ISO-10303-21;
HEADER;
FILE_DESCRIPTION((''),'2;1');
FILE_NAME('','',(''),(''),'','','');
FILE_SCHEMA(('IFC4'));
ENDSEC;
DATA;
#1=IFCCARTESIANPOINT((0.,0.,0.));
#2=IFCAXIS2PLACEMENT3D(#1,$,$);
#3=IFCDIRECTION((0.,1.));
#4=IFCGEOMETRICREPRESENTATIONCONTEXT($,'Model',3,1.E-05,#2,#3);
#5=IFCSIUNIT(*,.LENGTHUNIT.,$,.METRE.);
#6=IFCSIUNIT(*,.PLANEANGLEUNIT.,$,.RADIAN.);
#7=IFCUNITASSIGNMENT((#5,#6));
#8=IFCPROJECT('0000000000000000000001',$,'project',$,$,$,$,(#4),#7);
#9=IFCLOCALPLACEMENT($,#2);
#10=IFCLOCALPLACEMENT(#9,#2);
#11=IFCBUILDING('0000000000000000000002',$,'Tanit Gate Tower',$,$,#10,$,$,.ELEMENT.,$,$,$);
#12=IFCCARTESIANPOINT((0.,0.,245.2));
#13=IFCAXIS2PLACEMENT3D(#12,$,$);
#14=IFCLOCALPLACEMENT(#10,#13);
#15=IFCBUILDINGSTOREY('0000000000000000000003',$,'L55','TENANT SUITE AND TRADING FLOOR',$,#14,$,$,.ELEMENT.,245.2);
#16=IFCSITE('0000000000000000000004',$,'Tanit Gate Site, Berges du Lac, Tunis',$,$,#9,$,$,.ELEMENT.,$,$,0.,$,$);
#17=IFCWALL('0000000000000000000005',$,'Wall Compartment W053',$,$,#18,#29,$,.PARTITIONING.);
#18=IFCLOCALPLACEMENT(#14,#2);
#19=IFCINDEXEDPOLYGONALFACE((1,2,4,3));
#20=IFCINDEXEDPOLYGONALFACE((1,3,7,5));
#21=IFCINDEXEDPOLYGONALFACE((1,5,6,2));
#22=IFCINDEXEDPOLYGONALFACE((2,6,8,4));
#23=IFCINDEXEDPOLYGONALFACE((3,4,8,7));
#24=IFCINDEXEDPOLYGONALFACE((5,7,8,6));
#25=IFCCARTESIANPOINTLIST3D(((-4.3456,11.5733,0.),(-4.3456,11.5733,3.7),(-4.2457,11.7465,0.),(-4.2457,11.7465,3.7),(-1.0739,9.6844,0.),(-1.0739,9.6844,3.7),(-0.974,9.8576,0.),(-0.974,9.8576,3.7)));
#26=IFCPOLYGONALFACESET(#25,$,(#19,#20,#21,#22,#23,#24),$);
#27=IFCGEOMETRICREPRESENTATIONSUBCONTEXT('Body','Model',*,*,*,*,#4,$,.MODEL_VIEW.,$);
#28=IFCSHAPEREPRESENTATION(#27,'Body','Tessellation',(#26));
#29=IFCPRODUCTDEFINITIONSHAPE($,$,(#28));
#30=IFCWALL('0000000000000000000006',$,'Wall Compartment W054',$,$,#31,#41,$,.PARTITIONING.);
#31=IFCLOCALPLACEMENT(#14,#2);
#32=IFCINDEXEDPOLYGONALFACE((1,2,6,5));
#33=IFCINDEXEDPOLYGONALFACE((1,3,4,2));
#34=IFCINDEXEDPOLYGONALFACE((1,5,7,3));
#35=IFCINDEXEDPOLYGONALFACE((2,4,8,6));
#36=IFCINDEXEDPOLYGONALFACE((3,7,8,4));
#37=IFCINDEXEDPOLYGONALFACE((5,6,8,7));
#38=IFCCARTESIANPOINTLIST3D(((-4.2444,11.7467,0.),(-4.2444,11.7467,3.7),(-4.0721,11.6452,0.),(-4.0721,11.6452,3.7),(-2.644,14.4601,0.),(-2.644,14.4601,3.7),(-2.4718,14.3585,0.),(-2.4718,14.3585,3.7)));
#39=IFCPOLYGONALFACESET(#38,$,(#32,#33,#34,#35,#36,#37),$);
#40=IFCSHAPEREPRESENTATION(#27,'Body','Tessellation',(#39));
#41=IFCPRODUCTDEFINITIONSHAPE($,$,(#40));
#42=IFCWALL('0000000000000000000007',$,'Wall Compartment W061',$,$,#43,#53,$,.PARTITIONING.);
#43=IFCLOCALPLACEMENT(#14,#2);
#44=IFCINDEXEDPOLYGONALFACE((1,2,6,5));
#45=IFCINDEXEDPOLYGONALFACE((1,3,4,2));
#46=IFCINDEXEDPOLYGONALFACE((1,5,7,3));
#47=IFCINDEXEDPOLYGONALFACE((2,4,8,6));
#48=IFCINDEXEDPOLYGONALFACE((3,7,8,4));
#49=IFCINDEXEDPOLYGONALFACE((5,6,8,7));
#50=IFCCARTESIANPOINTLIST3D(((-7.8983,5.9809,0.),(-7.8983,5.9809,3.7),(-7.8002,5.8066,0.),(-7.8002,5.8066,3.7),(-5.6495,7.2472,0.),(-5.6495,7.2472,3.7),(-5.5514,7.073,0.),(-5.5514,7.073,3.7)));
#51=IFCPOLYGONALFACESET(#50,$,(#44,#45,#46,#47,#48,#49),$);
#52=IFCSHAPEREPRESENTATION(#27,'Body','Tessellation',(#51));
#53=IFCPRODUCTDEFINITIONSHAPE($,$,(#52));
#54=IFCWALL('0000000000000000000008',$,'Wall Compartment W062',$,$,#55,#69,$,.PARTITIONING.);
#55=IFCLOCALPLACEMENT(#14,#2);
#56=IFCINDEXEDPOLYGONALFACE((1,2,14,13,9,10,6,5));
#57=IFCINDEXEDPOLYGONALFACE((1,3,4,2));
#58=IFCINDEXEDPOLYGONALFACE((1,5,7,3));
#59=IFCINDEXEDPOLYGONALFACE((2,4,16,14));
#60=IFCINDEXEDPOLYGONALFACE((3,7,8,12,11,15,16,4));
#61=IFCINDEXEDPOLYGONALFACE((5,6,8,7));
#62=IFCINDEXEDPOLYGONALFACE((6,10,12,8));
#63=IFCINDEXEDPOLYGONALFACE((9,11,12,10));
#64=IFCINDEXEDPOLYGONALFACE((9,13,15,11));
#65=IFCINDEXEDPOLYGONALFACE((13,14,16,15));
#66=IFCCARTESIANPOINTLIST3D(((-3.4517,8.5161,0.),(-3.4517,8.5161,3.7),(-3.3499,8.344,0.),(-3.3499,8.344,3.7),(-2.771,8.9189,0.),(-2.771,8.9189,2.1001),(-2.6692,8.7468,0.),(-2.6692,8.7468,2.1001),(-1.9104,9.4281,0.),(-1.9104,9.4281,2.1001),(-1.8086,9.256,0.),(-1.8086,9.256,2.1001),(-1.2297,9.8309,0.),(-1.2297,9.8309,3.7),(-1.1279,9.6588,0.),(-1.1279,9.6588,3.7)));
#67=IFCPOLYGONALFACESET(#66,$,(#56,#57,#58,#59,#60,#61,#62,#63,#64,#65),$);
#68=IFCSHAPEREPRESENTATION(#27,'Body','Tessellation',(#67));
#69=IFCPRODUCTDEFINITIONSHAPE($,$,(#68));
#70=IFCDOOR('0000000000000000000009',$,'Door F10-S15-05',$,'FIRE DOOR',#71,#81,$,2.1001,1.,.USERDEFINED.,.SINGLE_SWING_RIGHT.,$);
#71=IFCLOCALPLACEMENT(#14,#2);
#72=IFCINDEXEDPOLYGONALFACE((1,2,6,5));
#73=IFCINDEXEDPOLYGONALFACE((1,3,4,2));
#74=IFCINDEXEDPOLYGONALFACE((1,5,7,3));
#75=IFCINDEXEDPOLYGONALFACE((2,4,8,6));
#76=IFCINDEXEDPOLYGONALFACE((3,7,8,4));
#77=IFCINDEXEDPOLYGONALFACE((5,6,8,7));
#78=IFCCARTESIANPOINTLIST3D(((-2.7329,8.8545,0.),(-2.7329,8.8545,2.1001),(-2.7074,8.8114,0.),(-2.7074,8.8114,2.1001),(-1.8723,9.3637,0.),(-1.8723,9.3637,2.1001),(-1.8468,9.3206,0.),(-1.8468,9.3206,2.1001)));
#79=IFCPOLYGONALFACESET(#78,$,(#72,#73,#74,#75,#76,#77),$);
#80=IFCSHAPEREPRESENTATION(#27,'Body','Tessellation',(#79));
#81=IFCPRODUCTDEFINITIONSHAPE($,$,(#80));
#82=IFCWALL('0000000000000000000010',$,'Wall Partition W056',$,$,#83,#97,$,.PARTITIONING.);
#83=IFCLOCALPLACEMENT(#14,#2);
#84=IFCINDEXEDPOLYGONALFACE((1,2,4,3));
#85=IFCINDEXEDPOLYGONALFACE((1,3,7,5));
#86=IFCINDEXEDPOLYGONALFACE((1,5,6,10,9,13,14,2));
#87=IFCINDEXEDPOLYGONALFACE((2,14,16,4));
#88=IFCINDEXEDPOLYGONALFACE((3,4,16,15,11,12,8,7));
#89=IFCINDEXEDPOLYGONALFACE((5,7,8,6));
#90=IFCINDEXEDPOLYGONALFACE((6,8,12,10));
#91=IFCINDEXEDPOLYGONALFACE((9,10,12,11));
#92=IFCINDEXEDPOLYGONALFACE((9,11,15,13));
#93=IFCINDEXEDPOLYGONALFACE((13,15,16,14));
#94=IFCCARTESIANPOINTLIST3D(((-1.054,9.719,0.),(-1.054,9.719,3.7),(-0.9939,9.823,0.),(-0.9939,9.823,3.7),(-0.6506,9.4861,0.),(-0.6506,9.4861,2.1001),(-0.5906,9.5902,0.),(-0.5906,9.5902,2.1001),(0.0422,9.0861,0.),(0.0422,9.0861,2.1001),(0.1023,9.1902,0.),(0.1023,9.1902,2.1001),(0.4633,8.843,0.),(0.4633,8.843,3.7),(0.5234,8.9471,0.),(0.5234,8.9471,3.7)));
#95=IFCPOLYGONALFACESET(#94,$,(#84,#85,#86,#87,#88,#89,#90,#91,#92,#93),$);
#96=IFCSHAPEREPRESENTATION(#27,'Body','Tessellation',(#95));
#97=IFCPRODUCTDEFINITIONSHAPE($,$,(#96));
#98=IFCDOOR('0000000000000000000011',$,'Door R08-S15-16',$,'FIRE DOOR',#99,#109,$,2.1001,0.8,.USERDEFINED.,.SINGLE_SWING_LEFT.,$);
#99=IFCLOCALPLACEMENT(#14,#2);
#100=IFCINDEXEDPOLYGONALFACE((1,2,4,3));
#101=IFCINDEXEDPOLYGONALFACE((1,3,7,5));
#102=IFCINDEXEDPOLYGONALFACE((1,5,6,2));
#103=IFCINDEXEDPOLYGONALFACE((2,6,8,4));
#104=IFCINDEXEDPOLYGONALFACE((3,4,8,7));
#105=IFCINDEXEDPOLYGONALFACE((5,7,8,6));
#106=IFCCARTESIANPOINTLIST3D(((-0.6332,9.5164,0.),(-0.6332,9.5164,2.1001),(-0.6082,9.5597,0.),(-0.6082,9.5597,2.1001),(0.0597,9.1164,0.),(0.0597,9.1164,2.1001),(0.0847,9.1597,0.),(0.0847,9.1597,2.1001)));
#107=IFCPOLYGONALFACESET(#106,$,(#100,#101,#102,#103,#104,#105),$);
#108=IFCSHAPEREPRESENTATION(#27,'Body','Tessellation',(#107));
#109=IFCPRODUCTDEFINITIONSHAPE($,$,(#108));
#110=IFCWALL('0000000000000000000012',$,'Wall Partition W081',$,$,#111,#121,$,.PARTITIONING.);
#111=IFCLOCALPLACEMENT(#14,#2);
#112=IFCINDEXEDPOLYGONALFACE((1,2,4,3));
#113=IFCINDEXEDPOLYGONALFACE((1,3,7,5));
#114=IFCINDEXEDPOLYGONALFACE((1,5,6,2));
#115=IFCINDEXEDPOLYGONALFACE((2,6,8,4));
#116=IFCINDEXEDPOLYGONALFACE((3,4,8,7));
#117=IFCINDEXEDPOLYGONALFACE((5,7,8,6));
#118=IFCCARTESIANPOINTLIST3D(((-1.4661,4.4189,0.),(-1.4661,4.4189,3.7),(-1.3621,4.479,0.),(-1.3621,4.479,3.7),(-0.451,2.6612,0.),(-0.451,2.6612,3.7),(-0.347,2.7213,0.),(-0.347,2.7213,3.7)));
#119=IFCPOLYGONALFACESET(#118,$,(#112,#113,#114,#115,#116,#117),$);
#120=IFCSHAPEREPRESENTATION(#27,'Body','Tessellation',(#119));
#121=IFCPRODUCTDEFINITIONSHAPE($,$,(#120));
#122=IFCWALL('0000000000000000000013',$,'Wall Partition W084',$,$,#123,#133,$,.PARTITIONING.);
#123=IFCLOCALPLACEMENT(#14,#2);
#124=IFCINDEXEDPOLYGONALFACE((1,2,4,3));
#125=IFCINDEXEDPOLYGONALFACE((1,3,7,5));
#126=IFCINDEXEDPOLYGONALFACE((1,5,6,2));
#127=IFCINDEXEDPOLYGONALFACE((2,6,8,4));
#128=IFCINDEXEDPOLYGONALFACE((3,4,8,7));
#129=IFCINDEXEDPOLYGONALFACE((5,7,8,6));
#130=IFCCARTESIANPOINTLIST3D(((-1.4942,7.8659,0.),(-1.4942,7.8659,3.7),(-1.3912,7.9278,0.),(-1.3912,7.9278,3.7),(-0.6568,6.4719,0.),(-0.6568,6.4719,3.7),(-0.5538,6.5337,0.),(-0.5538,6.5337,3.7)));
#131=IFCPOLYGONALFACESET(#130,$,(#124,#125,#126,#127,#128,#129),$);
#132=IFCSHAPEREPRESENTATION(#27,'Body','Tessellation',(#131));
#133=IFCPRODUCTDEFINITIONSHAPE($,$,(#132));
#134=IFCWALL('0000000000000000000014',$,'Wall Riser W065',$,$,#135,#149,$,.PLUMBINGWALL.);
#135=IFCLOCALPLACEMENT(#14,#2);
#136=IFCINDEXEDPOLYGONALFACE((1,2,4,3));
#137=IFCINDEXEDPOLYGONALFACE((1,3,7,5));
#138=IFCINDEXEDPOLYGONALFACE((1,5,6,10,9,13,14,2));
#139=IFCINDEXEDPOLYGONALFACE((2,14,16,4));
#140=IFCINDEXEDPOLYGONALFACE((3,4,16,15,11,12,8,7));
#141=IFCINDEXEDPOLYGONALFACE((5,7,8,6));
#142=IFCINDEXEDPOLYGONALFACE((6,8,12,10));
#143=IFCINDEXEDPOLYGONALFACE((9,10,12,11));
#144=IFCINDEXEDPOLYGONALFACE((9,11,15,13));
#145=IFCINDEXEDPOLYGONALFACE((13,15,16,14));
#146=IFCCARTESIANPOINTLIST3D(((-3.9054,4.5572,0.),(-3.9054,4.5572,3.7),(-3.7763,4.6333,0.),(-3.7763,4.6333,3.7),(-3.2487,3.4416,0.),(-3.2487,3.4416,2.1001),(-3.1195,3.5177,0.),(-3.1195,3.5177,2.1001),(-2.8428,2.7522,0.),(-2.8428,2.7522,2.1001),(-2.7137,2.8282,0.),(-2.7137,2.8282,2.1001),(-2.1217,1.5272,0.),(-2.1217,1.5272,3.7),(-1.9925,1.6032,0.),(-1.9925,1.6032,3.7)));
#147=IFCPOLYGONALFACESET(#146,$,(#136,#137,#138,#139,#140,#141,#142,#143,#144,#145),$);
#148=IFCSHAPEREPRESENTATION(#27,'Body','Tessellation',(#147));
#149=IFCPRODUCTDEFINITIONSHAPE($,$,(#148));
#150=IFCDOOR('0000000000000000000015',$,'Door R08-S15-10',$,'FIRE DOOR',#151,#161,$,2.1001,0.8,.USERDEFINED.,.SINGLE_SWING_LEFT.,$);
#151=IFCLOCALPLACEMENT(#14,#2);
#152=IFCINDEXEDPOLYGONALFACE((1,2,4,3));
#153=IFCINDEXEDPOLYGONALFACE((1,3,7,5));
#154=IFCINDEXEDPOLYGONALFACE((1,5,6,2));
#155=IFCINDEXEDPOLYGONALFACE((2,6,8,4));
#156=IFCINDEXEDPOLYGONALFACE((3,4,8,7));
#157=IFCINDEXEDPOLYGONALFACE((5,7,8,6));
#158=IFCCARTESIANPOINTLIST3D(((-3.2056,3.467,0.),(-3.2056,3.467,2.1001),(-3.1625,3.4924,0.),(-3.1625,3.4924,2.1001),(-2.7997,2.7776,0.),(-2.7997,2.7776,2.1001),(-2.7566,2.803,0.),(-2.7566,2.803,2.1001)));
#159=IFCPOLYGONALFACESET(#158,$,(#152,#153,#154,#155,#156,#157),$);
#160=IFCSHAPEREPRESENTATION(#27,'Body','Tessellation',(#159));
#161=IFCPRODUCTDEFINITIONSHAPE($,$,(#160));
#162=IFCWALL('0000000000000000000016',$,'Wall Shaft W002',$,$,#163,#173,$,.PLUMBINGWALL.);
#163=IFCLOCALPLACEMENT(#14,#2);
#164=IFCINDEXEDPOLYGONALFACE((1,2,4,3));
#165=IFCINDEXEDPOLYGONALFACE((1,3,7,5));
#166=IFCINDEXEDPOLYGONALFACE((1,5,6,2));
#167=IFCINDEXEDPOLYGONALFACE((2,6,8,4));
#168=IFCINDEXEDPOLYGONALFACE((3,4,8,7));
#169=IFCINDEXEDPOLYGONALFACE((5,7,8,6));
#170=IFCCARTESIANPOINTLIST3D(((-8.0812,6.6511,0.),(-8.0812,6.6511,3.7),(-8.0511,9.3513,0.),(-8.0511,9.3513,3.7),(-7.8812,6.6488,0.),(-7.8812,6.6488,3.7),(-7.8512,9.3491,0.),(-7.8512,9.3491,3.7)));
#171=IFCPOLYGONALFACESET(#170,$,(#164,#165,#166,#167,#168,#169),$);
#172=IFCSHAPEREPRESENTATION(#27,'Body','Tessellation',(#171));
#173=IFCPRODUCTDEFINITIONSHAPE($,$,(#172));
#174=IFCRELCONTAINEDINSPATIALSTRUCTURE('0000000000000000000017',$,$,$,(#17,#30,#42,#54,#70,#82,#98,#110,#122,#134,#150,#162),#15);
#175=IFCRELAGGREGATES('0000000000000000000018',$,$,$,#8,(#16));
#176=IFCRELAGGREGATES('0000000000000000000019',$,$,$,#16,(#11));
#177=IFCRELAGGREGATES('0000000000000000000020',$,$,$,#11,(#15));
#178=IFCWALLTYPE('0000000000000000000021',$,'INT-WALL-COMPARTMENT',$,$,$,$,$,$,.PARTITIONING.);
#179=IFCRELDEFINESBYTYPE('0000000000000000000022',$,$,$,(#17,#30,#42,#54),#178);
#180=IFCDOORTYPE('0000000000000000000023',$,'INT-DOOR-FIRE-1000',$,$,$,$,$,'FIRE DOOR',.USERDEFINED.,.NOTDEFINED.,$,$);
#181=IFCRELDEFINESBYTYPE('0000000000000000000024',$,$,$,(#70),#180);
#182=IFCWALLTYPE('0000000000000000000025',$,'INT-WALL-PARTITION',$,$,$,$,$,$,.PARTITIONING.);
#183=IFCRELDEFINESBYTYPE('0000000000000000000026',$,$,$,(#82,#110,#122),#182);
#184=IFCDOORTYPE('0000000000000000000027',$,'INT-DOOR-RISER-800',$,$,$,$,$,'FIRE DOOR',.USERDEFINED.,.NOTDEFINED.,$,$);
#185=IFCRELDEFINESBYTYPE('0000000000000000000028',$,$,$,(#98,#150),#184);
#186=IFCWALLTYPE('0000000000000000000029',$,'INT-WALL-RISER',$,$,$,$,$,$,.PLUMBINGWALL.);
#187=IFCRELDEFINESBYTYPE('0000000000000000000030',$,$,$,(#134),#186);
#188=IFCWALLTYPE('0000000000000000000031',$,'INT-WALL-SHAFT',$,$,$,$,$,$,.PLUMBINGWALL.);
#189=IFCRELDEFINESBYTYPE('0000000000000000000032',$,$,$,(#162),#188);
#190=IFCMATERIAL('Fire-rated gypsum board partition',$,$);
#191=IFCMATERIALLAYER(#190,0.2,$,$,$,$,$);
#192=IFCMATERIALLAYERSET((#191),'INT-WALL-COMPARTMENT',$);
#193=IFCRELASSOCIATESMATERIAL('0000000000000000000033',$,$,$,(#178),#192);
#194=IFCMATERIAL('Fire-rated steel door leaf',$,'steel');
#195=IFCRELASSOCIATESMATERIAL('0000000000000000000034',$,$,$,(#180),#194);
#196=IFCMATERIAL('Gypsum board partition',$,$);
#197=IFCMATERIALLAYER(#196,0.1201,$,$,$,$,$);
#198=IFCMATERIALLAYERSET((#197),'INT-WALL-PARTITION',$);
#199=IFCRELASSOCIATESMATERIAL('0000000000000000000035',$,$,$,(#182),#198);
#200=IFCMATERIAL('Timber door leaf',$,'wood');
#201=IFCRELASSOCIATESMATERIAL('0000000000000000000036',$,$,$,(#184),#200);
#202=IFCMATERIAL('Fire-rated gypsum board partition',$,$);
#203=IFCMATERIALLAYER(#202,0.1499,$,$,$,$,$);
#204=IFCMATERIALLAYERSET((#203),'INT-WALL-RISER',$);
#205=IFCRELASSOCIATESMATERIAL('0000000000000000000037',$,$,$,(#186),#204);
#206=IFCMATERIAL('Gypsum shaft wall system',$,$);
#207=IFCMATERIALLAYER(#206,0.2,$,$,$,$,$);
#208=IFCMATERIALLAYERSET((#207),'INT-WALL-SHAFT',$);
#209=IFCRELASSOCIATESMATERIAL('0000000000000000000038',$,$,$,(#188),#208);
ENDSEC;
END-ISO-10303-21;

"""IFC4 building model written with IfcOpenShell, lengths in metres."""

from ifc_helpers import new_model, si_unit, direction, frame, frame_2d, origin, place, context, subcontext, project, spatial, rectangle, extrude, material, layer, layer_set, type_object, element, fill, save


model = new_model("IFC4")

# Units and contexts
model_context = context("Model", 3, precision=1e-05, world=origin(), true_north=direction((0.0, 1.0)))
body_context = subcontext(model_context, "Body", "Model", "MODEL_VIEW")
ifc_project = project(units=[si_unit("LENGTHUNIT", "METRE"), si_unit("PLANEANGLEUNIT", "RADIAN")], contexts=[model_context])

# Site, building, storey
site_placement = place(None, origin())
site = spatial("IfcSite", under=ifc_project, at=site_placement, Name="Tanit Gate Site, Berges du Lac, Tunis", CompositionType="ELEMENT", RefElevation=0.0)
building_placement = place(site_placement, origin())
building = spatial("IfcBuilding", under=site, at=building_placement, Name="Tanit Gate Tower", CompositionType="ELEMENT")
storey_placement = place(building_placement, frame((0.0, 0.0, 245.2)))
storey = spatial("IfcBuildingStorey", under=building, at=storey_placement, Name="L55", Description="TENANT SUITE AND TRADING FLOOR", CompositionType="ELEMENT", Elevation=245.2)

# Walls
ifc_material_1 = material(Name="Fire-rated gypsum board partition")
ifc_layer_1 = layer(ifc_material_1, 0.2)
ifc_layer_set_1 = layer_set([ifc_layer_1], Name="INT-WALL-COMPARTMENT")
wall_type_1 = type_object("IfcWallType", Name="INT-WALL-COMPARTMENT", PredefinedType="PARTITIONING", material=ifc_layer_set_1)
wall_1_placement = place(storey_placement, frame((-4.2957, 11.6599, 0.0), z_axis=(0.0, 0.0, 1.0), x_axis=(0.866027, -0.499997, 0.0)))
element("IfcWall", 1, at=wall_1_placement, inside=storey, type_object=wall_type_1, Name="Wall Compartment W053", PredefinedType="PARTITIONING", context=body_context, shape_type="SweptSolid", body=[
    extrude(rectangle(XDim=3.7778, YDim=0.2, at=frame_2d((1.8889, 0.0))), origin(), (0.0, 0.0, 1.0), 3.7),
])
wall_2_placement = place(storey_placement, frame((-2.5579, 14.4094, 0.0), z_axis=(0.0, 0.0, 1.0), x_axis=(-0.508019, -0.861346, 0.0)))
element("IfcWall", 2, at=wall_2_placement, inside=storey, type_object=wall_type_1, Name="Wall Compartment W054", PredefinedType="PARTITIONING", context=body_context, shape_type="SweptSolid", body=[
    extrude(rectangle(XDim=3.1501, YDim=0.2, at=frame_2d((1.5752, 0.0))), origin(), (0.0, 0.0, 1.0), 3.7),
])
wall_3_placement = place(storey_placement, frame((-5.6003, 7.1602, 0.0), z_axis=(0.0, 0.0, 1.0), x_axis=(-0.87134, -0.490679, 0.0)))
element("IfcWall", 3, at=wall_3_placement, inside=storey, type_object=wall_type_1, Name="Wall Compartment W061", PredefinedType="PARTITIONING", context=body_context, shape_type="SweptSolid", body=[
    extrude(rectangle(XDim=2.5808, YDim=0.2, at=frame_2d((1.2905, 0.0))), origin(), (0.0, 0.0, 1.0), 3.7),
])

# Walls, openings, doors
wall_4_placement = place(storey_placement, frame((-1.1787, 9.7449, 0.0), z_axis=(0.0, 0.0, 1.0), x_axis=(-0.860631, -0.509229, 0.0)))
wall_4 = element("IfcWall", 4, at=wall_4_placement, inside=storey, type_object=wall_type_1, Name="Wall Compartment W062", PredefinedType="PARTITIONING", context=body_context, shape_type="SweptSolid", body=[
    extrude(rectangle(XDim=2.5818, YDim=0.2, at=frame_2d((1.291, 0.0))), origin(), (0.0, 0.0, 1.0), 3.7),
])
opening_1_placement = place(wall_4_placement, frame((0.791, 0.0, 0.0)))
opening_1 = element("IfcOpeningElement", 5, at=opening_1_placement, cuts=wall_4, PredefinedType="OPENING", context=body_context, shape_type="SweptSolid", body=[
    extrude(rectangle(XDim=1.0, YDim=2.1001, at=frame_2d((0.5, 1.05))), frame((0.0, 0.1099, 0.0), z_axis=(0.0, -1.0, 0.0), x_axis=(1.0, 0.0, 0.0)), (0.0, 0.0, 1.0), 0.22),
])
ifc_material_2 = material(Name="Fire-rated steel door leaf", Category="steel")
door_type_1 = type_object("IfcDoorType", Name="INT-DOOR-FIRE-1000", ElementType="FIRE DOOR", OperationType="NOTDEFINED", PredefinedType="USERDEFINED", material=ifc_material_2)
door_1_placement = place(opening_1_placement, origin())
door_1 = element("IfcDoor", 6, at=door_1_placement, inside=storey, type_object=door_type_1, Name="Door F10-S15-05", ObjectType="FIRE DOOR", OperationType="SINGLE_SWING_RIGHT", OverallHeight=2.1001, OverallWidth=1.0, PredefinedType="USERDEFINED", context=body_context, shape_type="SweptSolid", body=[
    extrude(rectangle(XDim=1.0, YDim=2.1001, at=frame_2d((0.5, 1.05))), frame((0.0, 0.0249, 0.0), z_axis=(0.0, -1.0, 0.0), x_axis=(1.0, 0.0, 0.0)), (0.0, 0.0, 1.0), 0.05),
])
fill(opening_1, door_1)
ifc_material_3 = material(Name="Gypsum board partition")
ifc_layer_2 = layer(ifc_material_3, 0.1201)
ifc_layer_set_2 = layer_set([ifc_layer_2], Name="INT-WALL-PARTITION")
wall_type_2 = type_object("IfcWallType", Name="INT-WALL-PARTITION", PredefinedType="PARTITIONING", material=ifc_layer_set_2)
wall_5_placement = place(storey_placement, frame((-1.0239, 9.771, 0.0), z_axis=(0.0, 0.0, 1.0), x_axis=(0.866039, -0.499976, 0.0)))
wall_5 = element("IfcWall", 7, at=wall_5_placement, inside=storey, type_object=wall_type_2, Name="Wall Partition W056", PredefinedType="PARTITIONING", context=body_context, shape_type="SweptSolid", body=[
    extrude(rectangle(XDim=1.752, YDim=0.1201, at=frame_2d((0.876, 0.0))), origin(), (0.0, 0.0, 1.0), 3.7),
])
opening_2_placement = place(wall_5_placement, frame((0.4658, 0.0, 0.0)))
opening_2 = element("IfcOpeningElement", 8, at=opening_2_placement, cuts=wall_5, PredefinedType="OPENING", context=body_context, shape_type="SweptSolid", body=[
    extrude(rectangle(XDim=0.8, YDim=2.1001, at=frame_2d((0.3999, 1.05))), frame((0.0, 0.0701, 0.0), z_axis=(0.0, -1.0, 0.0), x_axis=(1.0, 0.0, 0.0)), (0.0, 0.0, 1.0), 0.1401),
])
ifc_material_4 = material(Name="Timber door leaf", Category="wood")
door_type_2 = type_object("IfcDoorType", Name="INT-DOOR-RISER-800", ElementType="FIRE DOOR", OperationType="NOTDEFINED", PredefinedType="USERDEFINED", material=ifc_material_4)
door_2_placement = place(opening_2_placement, origin())
door_2 = element("IfcDoor", 9, at=door_2_placement, inside=storey, type_object=door_type_2, Name="Door R08-S15-16", ObjectType="FIRE DOOR", OperationType="SINGLE_SWING_LEFT", OverallHeight=2.1001, OverallWidth=0.8, PredefinedType="USERDEFINED", context=body_context, shape_type="SweptSolid", body=[
    extrude(rectangle(XDim=0.8, YDim=2.1001, at=frame_2d((0.3999, 1.05))), frame((0.0, 0.0249, 0.0), z_axis=(0.0, -1.0, 0.0), x_axis=(1.0, 0.0, 0.0)), (0.0, 0.0, 1.0), 0.05),
])
fill(opening_2, door_2)

# Walls
wall_6_placement = place(storey_placement, frame((-1.4141, 4.449, 0.0), z_axis=(0.0, 0.0, 1.0), x_axis=(0.500097, -0.865969, 0.0)))
element("IfcWall", 10, at=wall_6_placement, inside=storey, type_object=wall_type_2, Name="Wall Partition W081", PredefinedType="PARTITIONING", context=body_context, shape_type="SweptSolid", body=[
    extrude(rectangle(XDim=2.0298, YDim=0.1201, at=frame_2d((1.0149, 0.0))), origin(), (0.0, 0.0, 1.0), 3.7),
])
wall_7_placement = place(storey_placement, frame((-1.4426, 7.8967, 0.0), z_axis=(0.0, 0.0, 1.0), x_axis=(0.514937, -0.857228, 0.0)))
element("IfcWall", 11, at=wall_7_placement, inside=storey, type_object=wall_type_2, Name="Wall Partition W084", PredefinedType="PARTITIONING", context=body_context, shape_type="SweptSolid", body=[
    extrude(rectangle(XDim=1.6262, YDim=0.1201, at=frame_2d((0.813, 0.0))), origin(), (0.0, 0.0, 1.0), 3.7),
])

# Wall, opening, door
ifc_material_5 = material(Name="Fire-rated gypsum board partition")
ifc_layer_3 = layer(ifc_material_5, 0.1499)
ifc_layer_set_3 = layer_set([ifc_layer_3], Name="INT-WALL-RISER")
wall_type_3 = type_object("IfcWallType", Name="INT-WALL-RISER", PredefinedType="PLUMBINGWALL", material=ifc_layer_set_3)
wall_8_placement = place(storey_placement, frame((-2.0571, 1.5652, 0.0), z_axis=(0.0, 0.0, 1.0), x_axis=(-0.507299, 0.86177, 0.0)))
wall_8 = element("IfcWall", 12, at=wall_8_placement, inside=storey, type_object=wall_type_3, Name="Wall Riser W065", PredefinedType="PLUMBINGWALL", context=body_context, shape_type="SweptSolid", body=[
    extrude(rectangle(XDim=3.5161, YDim=0.1499, at=frame_2d((1.7581, 0.0))), origin(), (0.0, 0.0, 1.0), 3.7),
])
opening_3_placement = place(wall_8_placement, frame((1.4216, 0.0, 0.0)))
opening_3 = element("IfcOpeningElement", 13, at=opening_3_placement, cuts=wall_8, PredefinedType="OPENING", context=body_context, shape_type="SweptSolid", body=[
    extrude(rectangle(XDim=0.8, YDim=2.1001, at=frame_2d((0.3999, 1.05))), frame((0.0, 0.085, 0.0), z_axis=(0.0, -1.0, 0.0), x_axis=(1.0, 0.0, 0.0)), (0.0, 0.0, 1.0), 0.1699),
])
door_3_placement = place(opening_3_placement, origin())
door_3 = element("IfcDoor", 14, at=door_3_placement, inside=storey, type_object=door_type_2, Name="Door R08-S15-10", ObjectType="FIRE DOOR", OperationType="SINGLE_SWING_LEFT", OverallHeight=2.1001, OverallWidth=0.8, PredefinedType="USERDEFINED", context=body_context, shape_type="SweptSolid", body=[
    extrude(rectangle(XDim=0.8, YDim=2.1001, at=frame_2d((0.3999, 1.05))), frame((0.0, 0.0249, 0.0), z_axis=(0.0, -1.0, 0.0), x_axis=(1.0, 0.0, 0.0)), (0.0, 0.0, 1.0), 0.05),
])
fill(opening_3, door_3)

# Wall
ifc_material_6 = material(Name="Gypsum shaft wall system")
ifc_layer_4 = layer(ifc_material_6, 0.2)
ifc_layer_set_4 = layer_set([ifc_layer_4], Name="INT-WALL-SHAFT")
wall_type_4 = type_object("IfcWallType", Name="INT-WALL-SHAFT", PredefinedType="PLUMBINGWALL", material=ifc_layer_set_4)
wall_9_placement = place(storey_placement, frame((-7.9512, 9.3501, 0.0), z_axis=(0.0, 0.0, 1.0), x_axis=(-0.01112, -0.999938, 0.0)))
element("IfcWall", 15, at=wall_9_placement, inside=storey, type_object=wall_type_4, Name="Wall Shaft W002", PredefinedType="PLUMBINGWALL", context=body_context, shape_type="SweptSolid", body=[
    extrude(rectangle(XDim=2.7004, YDim=0.2, at=frame_2d((1.3501, 0.0))), origin(), (0.0, 0.0, 1.0), 3.7),
])

save(model, "model.ifc")
